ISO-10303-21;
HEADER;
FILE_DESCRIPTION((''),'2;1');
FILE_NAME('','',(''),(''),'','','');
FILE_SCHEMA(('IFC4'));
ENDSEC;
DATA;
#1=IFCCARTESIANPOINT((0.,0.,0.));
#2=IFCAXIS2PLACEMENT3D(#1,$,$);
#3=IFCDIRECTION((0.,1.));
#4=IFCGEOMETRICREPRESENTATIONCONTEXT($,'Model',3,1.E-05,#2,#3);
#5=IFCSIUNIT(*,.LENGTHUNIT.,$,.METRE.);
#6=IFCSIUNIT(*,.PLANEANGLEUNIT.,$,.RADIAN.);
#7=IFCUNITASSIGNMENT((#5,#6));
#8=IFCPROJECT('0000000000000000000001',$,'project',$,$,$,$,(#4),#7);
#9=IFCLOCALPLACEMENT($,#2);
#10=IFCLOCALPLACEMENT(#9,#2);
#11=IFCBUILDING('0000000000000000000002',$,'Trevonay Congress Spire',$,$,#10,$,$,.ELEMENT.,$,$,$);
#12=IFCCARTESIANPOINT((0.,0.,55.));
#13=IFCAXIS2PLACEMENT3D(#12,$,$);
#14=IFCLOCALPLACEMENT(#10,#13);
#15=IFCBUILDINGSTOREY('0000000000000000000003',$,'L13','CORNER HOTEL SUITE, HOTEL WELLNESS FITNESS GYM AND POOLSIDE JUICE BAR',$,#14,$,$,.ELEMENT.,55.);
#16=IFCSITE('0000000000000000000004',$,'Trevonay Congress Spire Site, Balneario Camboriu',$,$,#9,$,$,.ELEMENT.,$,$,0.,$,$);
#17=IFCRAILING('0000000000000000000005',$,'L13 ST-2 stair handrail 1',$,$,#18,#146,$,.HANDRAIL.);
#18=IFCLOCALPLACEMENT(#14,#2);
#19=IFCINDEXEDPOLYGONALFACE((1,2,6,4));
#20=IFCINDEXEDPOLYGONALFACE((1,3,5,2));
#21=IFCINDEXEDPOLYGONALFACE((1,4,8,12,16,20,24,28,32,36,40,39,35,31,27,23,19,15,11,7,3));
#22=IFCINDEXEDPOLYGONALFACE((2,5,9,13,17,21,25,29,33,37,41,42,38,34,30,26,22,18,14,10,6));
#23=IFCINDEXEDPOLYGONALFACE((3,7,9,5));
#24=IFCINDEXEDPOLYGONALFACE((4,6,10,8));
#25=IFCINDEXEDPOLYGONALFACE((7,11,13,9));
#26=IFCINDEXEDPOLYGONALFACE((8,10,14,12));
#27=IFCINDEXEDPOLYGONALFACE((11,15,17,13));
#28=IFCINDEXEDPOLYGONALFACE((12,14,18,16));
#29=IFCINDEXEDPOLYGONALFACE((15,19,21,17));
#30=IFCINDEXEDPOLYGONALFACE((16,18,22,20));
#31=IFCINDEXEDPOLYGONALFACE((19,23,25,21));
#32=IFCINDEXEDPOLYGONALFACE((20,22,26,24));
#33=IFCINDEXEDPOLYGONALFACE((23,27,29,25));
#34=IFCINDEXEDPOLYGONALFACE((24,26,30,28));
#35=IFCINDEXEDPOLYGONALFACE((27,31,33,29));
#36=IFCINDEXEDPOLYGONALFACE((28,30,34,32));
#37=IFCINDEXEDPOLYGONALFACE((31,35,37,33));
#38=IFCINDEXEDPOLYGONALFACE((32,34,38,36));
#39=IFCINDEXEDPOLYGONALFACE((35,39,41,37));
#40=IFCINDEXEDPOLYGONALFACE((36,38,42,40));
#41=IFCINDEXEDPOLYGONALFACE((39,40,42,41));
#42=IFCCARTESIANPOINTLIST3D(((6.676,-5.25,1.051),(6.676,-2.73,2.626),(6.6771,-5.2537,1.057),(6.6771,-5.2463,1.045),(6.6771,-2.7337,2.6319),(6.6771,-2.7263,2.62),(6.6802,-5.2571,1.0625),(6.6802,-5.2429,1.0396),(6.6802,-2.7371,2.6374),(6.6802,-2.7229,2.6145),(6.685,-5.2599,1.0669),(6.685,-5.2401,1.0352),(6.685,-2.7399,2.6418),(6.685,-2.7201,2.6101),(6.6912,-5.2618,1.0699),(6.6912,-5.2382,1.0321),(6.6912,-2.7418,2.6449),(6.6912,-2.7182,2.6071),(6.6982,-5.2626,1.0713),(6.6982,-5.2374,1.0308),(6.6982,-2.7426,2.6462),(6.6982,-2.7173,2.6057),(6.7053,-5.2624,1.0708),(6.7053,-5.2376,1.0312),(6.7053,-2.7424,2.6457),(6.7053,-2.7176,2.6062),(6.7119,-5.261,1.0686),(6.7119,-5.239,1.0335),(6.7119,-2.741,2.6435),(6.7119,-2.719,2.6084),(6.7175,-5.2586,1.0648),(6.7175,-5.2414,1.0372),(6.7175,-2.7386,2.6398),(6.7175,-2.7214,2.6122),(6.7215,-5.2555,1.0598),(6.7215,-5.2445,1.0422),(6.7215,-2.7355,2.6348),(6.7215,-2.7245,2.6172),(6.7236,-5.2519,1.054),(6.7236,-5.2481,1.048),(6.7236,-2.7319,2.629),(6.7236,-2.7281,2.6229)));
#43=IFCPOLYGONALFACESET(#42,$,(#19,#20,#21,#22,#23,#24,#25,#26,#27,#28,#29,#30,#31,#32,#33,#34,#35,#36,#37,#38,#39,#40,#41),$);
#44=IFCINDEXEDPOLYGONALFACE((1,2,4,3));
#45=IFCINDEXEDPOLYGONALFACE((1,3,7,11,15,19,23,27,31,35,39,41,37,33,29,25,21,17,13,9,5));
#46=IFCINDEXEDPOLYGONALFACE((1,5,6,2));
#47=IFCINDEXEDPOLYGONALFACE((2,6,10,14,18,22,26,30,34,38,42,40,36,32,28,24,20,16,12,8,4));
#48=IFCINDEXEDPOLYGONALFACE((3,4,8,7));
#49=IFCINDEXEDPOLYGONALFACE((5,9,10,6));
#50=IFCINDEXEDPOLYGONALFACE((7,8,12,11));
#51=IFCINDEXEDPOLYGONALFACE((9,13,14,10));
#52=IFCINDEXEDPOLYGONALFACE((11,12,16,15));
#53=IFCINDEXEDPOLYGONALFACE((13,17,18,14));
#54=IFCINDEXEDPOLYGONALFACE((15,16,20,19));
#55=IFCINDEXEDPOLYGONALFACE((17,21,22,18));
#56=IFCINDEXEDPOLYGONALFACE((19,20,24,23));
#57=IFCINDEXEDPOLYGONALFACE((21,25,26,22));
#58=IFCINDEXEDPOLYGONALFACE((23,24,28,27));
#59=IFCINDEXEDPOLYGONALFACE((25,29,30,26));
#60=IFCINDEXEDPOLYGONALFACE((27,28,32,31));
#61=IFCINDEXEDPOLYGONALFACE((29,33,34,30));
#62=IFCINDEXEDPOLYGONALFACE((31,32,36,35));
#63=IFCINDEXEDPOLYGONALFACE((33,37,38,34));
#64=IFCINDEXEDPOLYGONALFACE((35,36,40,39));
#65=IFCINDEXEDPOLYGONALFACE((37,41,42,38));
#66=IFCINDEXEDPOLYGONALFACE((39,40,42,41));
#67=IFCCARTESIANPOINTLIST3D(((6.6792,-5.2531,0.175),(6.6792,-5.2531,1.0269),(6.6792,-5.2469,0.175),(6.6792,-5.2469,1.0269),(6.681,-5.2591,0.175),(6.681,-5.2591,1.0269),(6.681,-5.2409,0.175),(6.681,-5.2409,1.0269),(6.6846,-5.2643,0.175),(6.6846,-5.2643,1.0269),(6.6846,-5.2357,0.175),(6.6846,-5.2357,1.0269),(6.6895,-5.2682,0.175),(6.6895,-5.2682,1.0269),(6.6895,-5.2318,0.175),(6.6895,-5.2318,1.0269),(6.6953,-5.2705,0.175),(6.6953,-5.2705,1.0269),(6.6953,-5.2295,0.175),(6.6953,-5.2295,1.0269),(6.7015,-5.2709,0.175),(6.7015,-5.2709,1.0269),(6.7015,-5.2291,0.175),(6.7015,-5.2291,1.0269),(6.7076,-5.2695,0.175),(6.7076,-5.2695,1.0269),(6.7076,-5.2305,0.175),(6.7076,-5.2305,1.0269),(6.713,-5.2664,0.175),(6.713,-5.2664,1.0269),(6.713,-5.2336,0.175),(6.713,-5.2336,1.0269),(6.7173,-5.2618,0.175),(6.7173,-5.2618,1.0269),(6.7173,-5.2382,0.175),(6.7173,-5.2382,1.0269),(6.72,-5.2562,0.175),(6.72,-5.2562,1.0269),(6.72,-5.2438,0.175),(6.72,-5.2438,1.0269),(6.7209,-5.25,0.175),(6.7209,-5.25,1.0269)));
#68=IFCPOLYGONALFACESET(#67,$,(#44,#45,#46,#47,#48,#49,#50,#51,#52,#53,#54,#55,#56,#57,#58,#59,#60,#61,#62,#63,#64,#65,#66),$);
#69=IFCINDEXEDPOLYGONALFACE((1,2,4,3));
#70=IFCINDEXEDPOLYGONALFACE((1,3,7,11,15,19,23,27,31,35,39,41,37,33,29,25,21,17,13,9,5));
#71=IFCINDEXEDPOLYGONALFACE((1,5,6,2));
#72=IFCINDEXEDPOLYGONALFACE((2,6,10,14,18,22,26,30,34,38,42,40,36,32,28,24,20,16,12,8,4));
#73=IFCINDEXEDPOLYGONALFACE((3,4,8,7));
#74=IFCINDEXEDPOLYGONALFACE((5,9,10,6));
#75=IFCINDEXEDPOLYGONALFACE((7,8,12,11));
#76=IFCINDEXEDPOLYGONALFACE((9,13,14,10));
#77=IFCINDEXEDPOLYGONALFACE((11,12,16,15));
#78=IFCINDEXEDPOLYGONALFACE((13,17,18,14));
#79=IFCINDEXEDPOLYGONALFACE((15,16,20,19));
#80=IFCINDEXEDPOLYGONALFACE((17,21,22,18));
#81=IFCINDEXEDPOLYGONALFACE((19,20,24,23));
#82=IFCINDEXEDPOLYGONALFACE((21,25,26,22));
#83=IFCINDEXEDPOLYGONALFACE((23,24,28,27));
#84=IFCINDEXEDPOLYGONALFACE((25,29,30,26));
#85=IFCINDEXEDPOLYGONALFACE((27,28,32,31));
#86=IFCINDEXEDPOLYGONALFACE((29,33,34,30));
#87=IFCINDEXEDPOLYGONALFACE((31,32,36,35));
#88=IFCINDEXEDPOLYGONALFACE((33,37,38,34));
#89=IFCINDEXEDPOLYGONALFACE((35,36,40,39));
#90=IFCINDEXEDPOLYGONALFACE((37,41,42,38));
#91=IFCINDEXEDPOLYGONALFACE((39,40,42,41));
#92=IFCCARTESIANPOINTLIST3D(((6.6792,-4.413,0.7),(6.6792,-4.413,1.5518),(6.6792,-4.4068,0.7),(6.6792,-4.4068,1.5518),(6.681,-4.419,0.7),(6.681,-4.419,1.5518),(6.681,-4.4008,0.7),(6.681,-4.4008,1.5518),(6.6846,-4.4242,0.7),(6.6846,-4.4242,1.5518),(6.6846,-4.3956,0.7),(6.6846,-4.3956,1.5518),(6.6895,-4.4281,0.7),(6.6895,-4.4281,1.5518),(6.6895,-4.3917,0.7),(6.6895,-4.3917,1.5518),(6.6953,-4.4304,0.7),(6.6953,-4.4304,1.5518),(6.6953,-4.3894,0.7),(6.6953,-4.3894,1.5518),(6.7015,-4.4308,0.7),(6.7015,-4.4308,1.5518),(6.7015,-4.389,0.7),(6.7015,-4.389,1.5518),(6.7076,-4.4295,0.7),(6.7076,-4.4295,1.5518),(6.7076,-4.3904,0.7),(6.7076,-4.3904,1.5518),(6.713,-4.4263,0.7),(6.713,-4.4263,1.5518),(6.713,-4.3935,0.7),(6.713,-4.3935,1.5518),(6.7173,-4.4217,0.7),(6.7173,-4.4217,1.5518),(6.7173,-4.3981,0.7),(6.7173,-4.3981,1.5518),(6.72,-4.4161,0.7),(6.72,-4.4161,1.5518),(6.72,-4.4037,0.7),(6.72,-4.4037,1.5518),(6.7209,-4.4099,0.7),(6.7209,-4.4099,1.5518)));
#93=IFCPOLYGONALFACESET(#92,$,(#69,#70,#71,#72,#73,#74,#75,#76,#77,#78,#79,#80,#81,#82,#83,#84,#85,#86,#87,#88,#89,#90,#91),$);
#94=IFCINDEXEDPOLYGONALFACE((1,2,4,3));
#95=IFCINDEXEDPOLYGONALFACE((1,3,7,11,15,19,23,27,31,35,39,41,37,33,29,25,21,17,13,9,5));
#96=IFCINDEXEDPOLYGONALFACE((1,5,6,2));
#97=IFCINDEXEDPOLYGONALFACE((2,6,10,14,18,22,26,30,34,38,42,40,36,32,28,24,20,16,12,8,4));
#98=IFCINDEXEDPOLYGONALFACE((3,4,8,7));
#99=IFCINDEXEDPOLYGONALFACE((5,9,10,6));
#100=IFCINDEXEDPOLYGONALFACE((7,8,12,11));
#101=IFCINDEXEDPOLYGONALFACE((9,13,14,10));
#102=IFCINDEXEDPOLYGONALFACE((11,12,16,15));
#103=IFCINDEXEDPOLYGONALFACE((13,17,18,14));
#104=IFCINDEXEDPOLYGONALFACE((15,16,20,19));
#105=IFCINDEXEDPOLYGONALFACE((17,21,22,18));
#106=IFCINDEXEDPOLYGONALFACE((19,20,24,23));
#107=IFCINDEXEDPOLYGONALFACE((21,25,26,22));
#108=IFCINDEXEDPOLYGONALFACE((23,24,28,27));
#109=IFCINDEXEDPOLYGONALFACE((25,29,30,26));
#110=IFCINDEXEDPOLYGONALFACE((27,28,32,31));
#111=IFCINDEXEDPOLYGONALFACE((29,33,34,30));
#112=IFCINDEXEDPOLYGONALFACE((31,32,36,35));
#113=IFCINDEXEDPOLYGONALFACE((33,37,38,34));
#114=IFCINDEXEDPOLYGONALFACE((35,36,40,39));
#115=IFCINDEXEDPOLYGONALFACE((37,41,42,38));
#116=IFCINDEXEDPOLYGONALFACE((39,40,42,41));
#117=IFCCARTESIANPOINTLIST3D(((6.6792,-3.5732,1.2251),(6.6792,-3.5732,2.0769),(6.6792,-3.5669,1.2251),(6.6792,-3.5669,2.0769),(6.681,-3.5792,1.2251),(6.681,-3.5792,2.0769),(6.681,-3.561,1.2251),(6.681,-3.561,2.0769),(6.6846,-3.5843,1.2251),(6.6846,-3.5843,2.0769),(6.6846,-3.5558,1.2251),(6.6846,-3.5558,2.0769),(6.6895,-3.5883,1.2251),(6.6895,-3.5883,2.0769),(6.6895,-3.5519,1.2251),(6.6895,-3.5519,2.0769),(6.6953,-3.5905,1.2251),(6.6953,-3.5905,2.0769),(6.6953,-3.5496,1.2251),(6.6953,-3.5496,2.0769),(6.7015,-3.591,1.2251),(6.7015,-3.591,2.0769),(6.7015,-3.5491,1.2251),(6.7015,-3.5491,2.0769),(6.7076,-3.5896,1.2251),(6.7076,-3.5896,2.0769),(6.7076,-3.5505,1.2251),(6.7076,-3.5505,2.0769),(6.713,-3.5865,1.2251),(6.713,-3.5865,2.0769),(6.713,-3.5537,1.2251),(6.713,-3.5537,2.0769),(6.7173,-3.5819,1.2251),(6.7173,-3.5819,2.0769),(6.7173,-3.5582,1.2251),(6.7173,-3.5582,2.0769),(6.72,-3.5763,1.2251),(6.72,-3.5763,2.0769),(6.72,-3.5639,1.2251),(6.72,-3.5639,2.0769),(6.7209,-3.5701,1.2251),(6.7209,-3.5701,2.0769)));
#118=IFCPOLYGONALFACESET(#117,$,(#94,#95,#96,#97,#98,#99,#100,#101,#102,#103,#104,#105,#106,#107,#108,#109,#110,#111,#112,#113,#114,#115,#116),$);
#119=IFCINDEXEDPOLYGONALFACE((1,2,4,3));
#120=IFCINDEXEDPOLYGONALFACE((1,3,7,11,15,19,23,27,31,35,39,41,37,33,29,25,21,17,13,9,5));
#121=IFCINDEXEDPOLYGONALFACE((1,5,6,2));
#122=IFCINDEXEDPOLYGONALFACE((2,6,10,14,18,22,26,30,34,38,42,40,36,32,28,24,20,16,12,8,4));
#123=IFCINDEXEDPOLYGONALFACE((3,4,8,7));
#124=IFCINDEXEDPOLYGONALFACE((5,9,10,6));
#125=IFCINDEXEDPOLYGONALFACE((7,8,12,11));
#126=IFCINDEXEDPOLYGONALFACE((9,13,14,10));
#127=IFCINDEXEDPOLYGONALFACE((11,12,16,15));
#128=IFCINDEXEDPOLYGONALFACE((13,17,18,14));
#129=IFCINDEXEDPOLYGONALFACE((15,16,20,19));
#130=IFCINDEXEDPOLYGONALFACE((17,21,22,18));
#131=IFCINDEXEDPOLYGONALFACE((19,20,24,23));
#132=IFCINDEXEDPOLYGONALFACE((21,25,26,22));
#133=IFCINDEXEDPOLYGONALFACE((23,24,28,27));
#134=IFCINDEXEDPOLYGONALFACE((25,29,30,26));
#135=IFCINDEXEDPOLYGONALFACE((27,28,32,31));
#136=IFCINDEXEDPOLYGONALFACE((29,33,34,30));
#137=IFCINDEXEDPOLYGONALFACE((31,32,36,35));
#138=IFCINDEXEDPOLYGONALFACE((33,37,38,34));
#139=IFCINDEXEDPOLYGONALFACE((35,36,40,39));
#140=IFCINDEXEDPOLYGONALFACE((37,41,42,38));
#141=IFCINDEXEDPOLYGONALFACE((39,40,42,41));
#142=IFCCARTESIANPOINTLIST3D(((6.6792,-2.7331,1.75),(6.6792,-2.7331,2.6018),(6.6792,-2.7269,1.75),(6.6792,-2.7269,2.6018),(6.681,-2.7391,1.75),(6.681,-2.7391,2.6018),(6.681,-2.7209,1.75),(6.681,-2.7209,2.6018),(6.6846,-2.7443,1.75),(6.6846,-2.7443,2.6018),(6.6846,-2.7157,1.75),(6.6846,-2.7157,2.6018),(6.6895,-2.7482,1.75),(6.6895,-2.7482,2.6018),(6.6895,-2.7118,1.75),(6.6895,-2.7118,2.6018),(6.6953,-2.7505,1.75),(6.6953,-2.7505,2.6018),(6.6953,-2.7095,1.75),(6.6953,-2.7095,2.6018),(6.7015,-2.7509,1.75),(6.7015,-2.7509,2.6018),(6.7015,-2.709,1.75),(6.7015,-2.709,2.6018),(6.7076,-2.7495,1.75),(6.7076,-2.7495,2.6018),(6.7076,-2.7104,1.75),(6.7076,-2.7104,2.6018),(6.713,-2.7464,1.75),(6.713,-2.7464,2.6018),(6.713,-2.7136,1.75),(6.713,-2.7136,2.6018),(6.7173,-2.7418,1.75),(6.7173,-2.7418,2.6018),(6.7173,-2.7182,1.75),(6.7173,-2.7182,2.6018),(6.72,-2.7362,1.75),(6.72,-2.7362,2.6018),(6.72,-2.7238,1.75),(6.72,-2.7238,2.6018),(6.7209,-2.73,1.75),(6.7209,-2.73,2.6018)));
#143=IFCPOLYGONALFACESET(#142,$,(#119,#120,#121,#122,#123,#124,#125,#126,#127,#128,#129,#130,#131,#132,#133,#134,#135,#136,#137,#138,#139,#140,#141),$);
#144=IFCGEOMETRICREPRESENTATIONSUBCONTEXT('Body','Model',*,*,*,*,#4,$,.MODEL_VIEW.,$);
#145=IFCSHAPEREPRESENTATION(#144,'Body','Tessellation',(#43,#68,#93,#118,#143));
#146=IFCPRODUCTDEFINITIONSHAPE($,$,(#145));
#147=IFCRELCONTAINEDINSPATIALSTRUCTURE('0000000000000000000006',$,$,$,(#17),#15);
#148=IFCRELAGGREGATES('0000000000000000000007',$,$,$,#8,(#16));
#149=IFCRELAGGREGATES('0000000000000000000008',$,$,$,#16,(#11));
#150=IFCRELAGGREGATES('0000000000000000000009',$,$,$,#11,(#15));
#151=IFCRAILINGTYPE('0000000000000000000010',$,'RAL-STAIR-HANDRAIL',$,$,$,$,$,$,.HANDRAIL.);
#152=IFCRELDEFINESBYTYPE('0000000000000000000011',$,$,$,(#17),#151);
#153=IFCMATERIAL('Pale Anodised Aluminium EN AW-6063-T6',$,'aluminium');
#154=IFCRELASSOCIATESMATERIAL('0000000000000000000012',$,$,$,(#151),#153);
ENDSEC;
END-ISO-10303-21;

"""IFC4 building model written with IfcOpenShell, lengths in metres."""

from ifc_helpers import new_model, si_unit, direction, frame, origin, origin_2d, place, context, subcontext, project, spatial, circle, extrude, material, type_object, element, save


model = new_model("IFC4")

# Units and contexts
model_context = context("Model", 3, precision=1e-05, world=origin(), true_north=direction((0.0, 1.0)))
body_context = subcontext(model_context, "Body", "Model", "MODEL_VIEW")
ifc_project = project(units=[si_unit("LENGTHUNIT", "METRE"), si_unit("PLANEANGLEUNIT", "RADIAN")], contexts=[model_context])

# Site, building, storey
site_placement = place(None, origin())
site = spatial("IfcSite", under=ifc_project, at=site_placement, Name="Trevonay Congress Spire Site, Balneario Camboriu", CompositionType="ELEMENT", RefElevation=0.0)
building_placement = place(site_placement, origin())
building = spatial("IfcBuilding", under=site, at=building_placement, Name="Trevonay Congress Spire", CompositionType="ELEMENT")
storey_placement = place(building_placement, frame((0.0, 0.0, 55.0)))
storey = spatial("IfcBuildingStorey", under=building, at=storey_placement, Name="L13", Description="CORNER HOTEL SUITE, HOTEL WELLNESS FITNESS GYM AND POOLSIDE JUICE BAR", CompositionType="ELEMENT", Elevation=55.0)

# Railing
ifc_material_1 = material(Name="Pale Anodised Aluminium EN AW-6063-T6", Category="aluminium")
railing_type_1 = type_object("IfcRailingType", Name="RAL-STAIR-HANDRAIL", PredefinedType="HANDRAIL", material=ifc_material_1)
railing_1_placement = place(storey_placement, frame((6.7, -5.25, 0.175)))
element("IfcRailing", 1, at=railing_1_placement, inside=storey, type_object=railing_type_1, Name="L13 ST-2 stair handrail 1", PredefinedType="HANDRAIL", context=body_context, shape_type="SweptSolid", body=[
    extrude(circle(Radius=0.0239, at=origin_2d()), frame((0.0, 0.0, 0.876), z_axis=(0.0, 0.848008, 0.529984), x_axis=(-1.0, 0.0, 0.0)), (0.0, 0.0, 1.0), 2.9717),
    extrude(circle(Radius=0.021, at=origin_2d()), origin(), (0.0, 0.0, 1.0), 0.8518),
    extrude(circle(Radius=0.021, at=origin_2d()), frame((0.0, 0.8401, 0.5249)), (0.0, 0.0, 1.0), 0.8518),
    extrude(circle(Radius=0.021, at=origin_2d()), frame((0.0, 1.6799, 1.05)), (0.0, 0.0, 1.0), 0.8518),
    extrude(circle(Radius=0.021, at=origin_2d()), frame((0.0, 2.52, 1.575)), (0.0, 0.0, 1.0), 0.8518),
])

save(model, "model.ifc")
